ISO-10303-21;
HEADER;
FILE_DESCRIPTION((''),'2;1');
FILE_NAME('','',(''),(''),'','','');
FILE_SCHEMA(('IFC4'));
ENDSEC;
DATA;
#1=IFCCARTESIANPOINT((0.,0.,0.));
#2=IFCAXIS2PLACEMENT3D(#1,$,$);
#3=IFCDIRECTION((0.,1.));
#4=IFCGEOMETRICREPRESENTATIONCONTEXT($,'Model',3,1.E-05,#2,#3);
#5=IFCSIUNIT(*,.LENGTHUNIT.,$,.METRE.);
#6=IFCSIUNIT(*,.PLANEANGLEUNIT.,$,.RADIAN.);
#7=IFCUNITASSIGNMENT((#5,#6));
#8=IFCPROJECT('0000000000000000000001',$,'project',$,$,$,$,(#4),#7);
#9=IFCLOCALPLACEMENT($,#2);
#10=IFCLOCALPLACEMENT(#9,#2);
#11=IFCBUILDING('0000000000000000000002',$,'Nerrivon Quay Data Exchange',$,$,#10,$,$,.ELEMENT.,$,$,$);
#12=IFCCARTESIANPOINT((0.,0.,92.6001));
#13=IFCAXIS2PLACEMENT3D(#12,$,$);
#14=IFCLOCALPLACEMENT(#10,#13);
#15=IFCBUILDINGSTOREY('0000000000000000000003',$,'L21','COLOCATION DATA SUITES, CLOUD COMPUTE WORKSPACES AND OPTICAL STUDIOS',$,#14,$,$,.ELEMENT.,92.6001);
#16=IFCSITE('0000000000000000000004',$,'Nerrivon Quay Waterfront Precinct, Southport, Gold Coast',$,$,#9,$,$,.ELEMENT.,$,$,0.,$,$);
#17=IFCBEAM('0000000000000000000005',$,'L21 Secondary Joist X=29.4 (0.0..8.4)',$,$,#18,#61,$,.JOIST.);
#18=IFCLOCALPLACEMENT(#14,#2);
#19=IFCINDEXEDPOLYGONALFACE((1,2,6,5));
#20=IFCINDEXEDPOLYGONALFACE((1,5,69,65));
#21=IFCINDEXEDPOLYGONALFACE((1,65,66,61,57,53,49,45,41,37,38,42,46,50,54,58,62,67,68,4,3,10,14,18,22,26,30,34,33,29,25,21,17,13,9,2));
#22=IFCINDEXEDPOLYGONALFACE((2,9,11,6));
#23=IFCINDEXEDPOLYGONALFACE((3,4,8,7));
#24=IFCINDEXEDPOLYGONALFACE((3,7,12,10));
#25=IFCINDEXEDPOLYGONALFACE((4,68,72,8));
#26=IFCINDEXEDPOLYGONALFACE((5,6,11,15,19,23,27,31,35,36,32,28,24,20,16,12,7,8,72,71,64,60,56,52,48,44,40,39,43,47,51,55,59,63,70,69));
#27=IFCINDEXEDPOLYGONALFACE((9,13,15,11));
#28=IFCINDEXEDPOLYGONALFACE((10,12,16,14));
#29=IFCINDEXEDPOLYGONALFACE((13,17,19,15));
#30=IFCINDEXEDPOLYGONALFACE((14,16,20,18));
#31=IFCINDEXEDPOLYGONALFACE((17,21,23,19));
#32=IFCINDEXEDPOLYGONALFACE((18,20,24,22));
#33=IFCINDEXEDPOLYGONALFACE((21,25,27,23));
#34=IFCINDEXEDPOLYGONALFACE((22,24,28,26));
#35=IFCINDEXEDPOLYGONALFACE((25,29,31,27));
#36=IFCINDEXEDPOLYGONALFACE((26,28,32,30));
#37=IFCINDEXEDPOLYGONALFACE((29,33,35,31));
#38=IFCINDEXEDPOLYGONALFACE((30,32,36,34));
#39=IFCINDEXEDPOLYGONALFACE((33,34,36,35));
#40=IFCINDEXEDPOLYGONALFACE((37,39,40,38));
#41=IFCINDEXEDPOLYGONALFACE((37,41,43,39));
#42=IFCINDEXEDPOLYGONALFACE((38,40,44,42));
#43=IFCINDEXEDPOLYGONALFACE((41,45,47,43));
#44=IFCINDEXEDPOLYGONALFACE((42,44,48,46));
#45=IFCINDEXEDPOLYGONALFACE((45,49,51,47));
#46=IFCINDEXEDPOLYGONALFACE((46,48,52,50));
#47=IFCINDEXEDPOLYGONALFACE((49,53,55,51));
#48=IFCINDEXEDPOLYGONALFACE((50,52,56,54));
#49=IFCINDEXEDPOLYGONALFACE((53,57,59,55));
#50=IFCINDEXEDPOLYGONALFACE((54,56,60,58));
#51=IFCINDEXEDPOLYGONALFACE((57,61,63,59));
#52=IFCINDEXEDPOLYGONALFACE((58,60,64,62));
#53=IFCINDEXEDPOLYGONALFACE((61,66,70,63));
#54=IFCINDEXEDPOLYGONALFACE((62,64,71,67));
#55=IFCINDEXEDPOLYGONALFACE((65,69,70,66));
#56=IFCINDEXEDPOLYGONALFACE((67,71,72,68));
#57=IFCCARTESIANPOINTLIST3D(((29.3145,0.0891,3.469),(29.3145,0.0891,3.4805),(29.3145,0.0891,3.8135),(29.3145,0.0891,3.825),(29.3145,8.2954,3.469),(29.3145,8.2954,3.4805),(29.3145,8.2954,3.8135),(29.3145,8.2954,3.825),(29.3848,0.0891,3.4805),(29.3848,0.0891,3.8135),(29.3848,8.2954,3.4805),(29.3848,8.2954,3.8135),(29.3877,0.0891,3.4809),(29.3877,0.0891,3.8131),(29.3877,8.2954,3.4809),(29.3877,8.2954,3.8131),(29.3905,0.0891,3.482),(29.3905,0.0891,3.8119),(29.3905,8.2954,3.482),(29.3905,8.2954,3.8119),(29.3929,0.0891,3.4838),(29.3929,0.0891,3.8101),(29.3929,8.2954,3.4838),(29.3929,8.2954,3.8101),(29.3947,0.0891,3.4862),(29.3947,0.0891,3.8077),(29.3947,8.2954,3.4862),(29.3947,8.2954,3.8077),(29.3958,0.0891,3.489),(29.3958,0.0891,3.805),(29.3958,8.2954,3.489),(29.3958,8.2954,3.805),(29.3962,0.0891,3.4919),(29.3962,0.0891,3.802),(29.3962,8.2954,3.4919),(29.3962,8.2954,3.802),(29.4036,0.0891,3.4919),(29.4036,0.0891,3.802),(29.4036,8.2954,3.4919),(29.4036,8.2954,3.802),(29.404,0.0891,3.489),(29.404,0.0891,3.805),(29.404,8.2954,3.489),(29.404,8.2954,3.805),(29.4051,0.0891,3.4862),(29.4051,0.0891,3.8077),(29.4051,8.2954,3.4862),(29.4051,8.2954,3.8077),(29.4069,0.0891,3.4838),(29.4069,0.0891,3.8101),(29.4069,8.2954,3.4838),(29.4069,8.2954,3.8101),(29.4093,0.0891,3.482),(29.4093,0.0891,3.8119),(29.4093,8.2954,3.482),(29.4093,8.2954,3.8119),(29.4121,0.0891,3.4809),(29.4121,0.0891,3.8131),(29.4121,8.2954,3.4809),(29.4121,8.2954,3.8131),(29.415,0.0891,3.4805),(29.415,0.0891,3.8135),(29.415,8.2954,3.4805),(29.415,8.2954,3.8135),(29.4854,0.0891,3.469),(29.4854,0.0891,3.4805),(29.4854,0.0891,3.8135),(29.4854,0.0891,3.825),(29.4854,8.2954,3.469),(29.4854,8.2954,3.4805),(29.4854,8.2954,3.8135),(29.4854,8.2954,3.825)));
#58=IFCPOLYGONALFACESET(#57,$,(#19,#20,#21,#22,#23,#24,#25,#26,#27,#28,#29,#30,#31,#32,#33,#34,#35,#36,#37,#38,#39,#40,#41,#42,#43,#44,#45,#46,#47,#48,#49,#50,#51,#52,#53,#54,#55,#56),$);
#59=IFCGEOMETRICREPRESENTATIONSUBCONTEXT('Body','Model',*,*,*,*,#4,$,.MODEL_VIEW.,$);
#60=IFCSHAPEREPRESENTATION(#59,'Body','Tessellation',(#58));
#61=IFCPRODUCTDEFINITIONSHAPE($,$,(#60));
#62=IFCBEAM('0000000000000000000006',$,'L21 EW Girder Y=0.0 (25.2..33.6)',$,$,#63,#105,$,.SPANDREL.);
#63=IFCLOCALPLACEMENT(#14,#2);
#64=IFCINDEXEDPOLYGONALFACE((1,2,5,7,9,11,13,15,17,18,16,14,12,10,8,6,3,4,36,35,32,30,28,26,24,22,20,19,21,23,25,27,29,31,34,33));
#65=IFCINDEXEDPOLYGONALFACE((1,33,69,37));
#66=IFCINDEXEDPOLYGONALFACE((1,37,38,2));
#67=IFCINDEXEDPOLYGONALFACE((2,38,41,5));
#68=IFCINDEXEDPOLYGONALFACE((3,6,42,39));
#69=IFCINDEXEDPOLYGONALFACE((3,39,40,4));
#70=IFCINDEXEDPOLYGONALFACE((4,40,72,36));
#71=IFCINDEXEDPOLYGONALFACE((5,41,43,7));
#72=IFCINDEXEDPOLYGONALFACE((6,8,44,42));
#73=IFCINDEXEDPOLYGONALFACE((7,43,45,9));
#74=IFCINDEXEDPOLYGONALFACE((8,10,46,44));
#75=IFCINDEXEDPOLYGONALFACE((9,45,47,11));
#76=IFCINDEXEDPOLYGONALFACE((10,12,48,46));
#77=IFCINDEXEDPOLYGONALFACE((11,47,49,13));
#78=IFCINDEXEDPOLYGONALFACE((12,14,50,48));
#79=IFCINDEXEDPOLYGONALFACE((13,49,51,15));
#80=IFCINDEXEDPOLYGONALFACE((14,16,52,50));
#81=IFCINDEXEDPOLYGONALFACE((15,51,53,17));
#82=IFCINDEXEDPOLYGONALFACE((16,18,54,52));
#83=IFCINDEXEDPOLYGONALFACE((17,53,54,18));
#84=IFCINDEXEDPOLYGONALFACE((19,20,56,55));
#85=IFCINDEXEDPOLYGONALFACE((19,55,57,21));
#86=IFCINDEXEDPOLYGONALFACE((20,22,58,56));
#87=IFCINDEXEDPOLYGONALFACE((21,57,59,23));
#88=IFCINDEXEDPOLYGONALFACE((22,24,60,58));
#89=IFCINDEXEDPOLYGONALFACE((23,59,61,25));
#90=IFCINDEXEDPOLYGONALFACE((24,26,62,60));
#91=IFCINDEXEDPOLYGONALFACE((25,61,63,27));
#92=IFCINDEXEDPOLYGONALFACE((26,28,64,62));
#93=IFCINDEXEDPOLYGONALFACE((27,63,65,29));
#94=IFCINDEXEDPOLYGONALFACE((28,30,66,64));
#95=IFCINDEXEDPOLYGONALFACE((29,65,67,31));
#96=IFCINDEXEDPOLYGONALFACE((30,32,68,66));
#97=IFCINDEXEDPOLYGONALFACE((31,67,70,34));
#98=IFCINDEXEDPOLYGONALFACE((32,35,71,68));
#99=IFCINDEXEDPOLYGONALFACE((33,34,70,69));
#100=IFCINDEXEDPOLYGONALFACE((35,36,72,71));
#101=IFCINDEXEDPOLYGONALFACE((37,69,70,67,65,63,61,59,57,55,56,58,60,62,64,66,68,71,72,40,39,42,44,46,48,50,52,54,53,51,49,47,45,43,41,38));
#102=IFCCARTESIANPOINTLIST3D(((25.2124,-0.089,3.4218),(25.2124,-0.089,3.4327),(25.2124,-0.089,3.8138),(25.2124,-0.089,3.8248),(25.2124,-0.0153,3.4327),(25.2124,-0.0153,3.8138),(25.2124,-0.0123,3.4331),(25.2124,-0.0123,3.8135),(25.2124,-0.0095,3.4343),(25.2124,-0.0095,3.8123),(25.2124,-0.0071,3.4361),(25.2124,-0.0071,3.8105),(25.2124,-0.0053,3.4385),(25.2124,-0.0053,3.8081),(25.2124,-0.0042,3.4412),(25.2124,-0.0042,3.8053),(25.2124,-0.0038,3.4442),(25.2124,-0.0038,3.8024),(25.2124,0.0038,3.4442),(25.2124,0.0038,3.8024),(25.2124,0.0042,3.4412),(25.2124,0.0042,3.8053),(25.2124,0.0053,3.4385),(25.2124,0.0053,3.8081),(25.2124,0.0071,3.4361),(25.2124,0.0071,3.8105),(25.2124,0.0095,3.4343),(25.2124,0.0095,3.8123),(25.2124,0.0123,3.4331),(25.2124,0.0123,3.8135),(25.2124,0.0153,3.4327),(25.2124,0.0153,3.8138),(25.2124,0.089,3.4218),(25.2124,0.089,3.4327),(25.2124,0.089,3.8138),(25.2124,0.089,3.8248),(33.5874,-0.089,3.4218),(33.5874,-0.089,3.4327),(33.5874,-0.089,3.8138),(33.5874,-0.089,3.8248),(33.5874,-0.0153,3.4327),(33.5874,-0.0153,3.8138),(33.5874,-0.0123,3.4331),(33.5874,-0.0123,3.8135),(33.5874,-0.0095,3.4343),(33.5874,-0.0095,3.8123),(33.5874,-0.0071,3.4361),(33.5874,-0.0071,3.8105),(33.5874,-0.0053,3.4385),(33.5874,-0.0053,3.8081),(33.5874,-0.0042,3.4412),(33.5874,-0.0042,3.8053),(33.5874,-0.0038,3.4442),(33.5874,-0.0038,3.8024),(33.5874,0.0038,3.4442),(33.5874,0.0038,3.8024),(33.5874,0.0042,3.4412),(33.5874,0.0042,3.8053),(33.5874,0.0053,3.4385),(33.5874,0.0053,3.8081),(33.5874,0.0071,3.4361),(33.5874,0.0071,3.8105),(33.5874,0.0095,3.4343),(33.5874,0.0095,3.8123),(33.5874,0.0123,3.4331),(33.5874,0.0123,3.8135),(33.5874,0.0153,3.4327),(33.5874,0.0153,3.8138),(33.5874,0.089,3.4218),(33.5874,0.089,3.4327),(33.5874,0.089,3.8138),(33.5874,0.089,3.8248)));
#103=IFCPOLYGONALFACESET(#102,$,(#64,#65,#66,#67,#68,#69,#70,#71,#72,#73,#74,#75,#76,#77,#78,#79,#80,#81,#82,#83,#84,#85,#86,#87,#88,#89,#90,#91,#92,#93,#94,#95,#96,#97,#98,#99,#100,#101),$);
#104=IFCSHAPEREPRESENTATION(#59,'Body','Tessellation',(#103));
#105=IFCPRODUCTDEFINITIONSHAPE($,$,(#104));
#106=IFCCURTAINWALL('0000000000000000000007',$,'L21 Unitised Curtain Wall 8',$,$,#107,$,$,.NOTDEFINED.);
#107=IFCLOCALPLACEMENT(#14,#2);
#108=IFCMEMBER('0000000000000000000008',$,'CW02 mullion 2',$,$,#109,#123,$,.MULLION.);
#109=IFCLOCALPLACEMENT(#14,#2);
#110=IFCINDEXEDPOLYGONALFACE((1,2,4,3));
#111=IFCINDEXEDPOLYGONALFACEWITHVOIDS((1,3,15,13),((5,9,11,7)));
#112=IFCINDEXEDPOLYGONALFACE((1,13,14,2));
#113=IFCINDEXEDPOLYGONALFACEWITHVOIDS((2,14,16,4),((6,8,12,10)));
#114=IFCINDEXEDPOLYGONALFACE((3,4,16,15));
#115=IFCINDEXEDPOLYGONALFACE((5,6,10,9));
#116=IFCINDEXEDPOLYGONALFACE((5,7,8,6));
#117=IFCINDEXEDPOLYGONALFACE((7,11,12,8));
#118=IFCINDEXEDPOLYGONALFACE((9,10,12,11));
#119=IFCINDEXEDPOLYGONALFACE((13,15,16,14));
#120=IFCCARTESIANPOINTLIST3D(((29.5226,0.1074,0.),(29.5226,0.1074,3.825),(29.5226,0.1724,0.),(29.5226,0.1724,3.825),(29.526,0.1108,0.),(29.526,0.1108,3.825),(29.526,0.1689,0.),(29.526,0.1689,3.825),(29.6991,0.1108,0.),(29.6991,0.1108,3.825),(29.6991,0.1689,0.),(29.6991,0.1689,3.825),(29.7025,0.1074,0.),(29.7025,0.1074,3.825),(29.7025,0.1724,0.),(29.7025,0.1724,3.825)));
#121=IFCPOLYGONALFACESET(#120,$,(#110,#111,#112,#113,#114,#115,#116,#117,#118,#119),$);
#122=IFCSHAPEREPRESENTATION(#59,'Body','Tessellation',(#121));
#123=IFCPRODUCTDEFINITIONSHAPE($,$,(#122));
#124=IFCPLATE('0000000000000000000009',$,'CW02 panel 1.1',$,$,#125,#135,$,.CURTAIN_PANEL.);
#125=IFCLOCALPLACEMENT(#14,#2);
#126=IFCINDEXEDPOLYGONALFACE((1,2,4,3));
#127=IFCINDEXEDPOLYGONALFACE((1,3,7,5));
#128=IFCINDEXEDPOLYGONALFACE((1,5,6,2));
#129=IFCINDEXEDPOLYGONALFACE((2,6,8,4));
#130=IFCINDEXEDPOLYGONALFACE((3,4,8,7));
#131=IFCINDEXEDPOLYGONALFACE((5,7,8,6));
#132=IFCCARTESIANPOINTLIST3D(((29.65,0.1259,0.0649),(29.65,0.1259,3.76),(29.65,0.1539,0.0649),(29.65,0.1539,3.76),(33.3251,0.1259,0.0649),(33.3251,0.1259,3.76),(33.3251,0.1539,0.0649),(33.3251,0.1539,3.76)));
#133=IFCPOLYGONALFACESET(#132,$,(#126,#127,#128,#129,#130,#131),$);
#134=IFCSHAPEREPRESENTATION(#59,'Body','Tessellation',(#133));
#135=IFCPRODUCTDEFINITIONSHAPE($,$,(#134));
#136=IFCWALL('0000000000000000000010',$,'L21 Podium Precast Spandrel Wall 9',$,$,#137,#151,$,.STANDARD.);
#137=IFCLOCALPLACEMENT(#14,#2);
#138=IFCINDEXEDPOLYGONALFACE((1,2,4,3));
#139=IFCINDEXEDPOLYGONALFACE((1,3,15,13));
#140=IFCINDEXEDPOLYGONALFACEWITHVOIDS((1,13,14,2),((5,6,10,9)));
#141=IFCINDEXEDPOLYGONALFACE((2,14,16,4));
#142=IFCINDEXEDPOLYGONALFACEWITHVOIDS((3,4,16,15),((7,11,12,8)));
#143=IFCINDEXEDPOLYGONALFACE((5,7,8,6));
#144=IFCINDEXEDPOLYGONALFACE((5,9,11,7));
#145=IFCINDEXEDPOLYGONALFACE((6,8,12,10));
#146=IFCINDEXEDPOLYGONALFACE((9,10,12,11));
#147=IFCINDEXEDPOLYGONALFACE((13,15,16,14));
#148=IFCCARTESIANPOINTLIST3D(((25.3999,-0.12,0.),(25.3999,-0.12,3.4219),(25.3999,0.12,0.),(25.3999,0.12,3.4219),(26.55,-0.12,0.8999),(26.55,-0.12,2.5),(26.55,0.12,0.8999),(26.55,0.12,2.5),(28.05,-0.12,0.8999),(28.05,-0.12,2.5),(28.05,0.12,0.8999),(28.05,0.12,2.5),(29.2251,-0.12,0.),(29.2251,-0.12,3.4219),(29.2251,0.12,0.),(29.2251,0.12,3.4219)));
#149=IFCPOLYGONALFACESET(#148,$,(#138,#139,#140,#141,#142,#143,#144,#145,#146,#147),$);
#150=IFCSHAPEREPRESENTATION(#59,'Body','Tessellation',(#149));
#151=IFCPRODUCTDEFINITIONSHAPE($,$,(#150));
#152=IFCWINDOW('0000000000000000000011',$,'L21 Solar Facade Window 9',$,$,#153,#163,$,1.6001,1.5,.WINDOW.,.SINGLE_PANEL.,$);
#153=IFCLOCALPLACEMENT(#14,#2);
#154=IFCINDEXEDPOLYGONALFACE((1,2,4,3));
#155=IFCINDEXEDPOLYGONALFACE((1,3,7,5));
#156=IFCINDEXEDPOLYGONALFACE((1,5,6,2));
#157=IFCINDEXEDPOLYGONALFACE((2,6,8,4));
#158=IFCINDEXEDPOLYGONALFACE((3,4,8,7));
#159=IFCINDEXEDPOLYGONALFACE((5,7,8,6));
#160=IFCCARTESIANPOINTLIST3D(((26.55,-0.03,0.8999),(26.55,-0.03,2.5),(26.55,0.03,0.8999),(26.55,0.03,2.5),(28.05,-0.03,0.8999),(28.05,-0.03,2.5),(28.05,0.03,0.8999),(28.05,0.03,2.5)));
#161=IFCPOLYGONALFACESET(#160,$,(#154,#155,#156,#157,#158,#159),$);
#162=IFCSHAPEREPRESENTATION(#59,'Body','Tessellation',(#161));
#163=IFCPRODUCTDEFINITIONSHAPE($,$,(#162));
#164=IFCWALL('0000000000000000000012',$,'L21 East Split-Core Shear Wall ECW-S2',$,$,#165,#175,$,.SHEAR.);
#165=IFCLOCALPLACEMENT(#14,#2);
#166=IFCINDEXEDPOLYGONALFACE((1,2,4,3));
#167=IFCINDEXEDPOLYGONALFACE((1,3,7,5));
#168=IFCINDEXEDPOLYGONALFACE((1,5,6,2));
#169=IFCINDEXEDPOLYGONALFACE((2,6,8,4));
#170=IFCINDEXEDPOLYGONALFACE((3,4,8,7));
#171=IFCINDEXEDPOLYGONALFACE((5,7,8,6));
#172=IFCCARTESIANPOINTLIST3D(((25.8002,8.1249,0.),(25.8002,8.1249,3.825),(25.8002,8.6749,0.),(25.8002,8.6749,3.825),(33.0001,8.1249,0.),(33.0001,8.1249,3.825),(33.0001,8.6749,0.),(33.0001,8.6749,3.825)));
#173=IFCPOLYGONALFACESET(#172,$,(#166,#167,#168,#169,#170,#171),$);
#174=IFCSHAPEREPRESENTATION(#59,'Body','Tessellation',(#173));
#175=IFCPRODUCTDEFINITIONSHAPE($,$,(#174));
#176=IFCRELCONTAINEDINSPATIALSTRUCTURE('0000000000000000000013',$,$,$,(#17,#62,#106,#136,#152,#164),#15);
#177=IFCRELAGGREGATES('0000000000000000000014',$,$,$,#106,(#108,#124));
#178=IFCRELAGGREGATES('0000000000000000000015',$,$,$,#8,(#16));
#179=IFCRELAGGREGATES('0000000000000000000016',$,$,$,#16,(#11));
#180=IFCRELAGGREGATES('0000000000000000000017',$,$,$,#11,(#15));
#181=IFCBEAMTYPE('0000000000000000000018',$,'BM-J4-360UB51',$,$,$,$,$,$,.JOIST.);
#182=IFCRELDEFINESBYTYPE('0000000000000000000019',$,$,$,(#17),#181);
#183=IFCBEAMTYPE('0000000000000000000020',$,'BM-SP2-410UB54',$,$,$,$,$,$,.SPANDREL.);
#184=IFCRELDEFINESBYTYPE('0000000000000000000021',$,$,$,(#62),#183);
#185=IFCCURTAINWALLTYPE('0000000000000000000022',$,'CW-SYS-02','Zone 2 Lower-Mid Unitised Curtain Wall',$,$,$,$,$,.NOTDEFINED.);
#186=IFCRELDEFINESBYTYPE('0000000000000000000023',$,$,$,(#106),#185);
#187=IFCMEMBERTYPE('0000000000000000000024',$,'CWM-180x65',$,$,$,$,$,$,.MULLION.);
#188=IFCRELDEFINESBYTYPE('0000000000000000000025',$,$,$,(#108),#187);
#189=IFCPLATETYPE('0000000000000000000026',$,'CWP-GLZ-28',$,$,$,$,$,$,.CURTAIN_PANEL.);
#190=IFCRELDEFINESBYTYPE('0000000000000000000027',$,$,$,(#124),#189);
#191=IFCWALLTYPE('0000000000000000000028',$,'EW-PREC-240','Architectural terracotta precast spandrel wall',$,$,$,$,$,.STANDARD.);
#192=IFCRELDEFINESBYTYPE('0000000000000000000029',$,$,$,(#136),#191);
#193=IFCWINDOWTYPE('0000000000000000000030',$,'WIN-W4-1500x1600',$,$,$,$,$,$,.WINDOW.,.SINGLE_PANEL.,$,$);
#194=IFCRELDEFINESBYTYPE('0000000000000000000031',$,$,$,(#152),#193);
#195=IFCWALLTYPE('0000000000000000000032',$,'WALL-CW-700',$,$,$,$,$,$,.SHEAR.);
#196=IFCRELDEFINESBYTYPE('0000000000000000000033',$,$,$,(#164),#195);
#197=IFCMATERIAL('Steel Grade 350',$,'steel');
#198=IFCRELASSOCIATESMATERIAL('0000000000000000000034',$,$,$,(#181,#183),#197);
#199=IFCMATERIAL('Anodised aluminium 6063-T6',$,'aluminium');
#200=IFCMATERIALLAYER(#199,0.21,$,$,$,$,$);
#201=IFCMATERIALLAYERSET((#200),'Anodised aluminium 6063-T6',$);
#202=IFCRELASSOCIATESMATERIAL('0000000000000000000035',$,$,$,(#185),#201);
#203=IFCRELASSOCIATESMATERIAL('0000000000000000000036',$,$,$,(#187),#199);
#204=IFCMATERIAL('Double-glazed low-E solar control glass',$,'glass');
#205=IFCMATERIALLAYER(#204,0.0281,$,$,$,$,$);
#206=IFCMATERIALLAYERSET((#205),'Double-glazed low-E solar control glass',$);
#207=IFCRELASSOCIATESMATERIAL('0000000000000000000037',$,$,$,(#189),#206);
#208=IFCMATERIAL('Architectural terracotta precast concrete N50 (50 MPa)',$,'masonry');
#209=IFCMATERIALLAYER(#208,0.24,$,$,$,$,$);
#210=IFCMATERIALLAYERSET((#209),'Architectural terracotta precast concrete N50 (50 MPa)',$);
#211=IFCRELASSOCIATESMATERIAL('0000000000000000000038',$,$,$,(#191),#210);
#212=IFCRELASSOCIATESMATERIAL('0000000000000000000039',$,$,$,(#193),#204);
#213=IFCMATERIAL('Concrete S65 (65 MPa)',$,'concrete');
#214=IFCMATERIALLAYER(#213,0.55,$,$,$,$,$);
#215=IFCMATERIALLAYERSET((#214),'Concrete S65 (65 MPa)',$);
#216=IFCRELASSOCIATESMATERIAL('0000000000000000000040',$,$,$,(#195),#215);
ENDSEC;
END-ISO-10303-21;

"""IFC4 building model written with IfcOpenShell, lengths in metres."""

from ifc_helpers import new_model, si_unit, direction, frame, frame_2d, origin, origin_2d, place, context, subcontext, project, spatial, rectangle, hollow_rectangle, i_section, extrude, material, layer, layer_set, material_profile, profile_set, type_object, element, fill, aggregate, save


model = new_model("IFC4")

# Units and contexts
model_context = context("Model", 3, precision=1e-05, world=origin(), true_north=direction((0.0, 1.0)))
body_context = subcontext(model_context, "Body", "Model", "MODEL_VIEW")
ifc_project = project(units=[si_unit("LENGTHUNIT", "METRE"), si_unit("PLANEANGLEUNIT", "RADIAN")], contexts=[model_context])

# Site, building, storey
site_placement = place(None, origin())
site = spatial("IfcSite", under=ifc_project, at=site_placement, Name="Nerrivon Quay Waterfront Precinct, Southport, Gold Coast", CompositionType="ELEMENT", RefElevation=0.0)
building_placement = place(site_placement, origin())
building = spatial("IfcBuilding", under=site, at=building_placement, Name="Nerrivon Quay Data Exchange", CompositionType="ELEMENT")
storey_placement = place(building_placement, frame((0.0, 0.0, 92.6001)))
storey = spatial("IfcBuildingStorey", under=building, at=storey_placement, Name="L21", Description="COLOCATION DATA SUITES, CLOUD COMPUTE WORKSPACES AND OPTICAL STUDIOS", CompositionType="ELEMENT", Elevation=92.6001)

# Shared definitions
ifc_material_1 = material(Name="Concrete S65 (65 MPa)", Category="concrete")
ifc_material_2 = material(Name="Steel Grade 350", Category="steel")

# Beams
ifc_material_profile_1 = material_profile(ifc_material_2, i_section(OverallWidth=0.1709, OverallDepth=0.356, WebThickness=0.0073, FlangeThickness=0.0115, FilletRadius=0.0115, at=origin_2d()), Name="360UB50.7")
ifc_profile_set_1 = profile_set([ifc_material_profile_1], Name="Steel Grade 350")
beam_type_1 = type_object("IfcBeamType", Name="BM-J4-360UB51", PredefinedType="JOIST", material=ifc_profile_set_1)
beam_1_placement = place(storey_placement, frame((29.3999, 0.0891, 3.647), z_axis=(0.0, 1.0, 0.0), x_axis=(-1.0, 0.0, 0.0)))
element("IfcBeam", 1, at=beam_1_placement, inside=storey, type_object=beam_type_1, Name="L21 Secondary Joist X=29.4 (0.0..8.4)", PredefinedType="JOIST", context=body_context, shape_type="SweptSolid", body=[
    extrude(i_section(OverallWidth=0.1709, OverallDepth=0.356, WebThickness=0.0073, FlangeThickness=0.0115, FilletRadius=0.0115, at=origin_2d()), origin(), (0.0, 0.0, 1.0), 8.2063),
])
ifc_material_profile_2 = material_profile(ifc_material_2, i_section(OverallWidth=0.178, OverallDepth=0.4031, WebThickness=0.0076, FlangeThickness=0.011, FilletRadius=0.0115, at=origin_2d()), Name="410UB53.7")
ifc_profile_set_2 = profile_set([ifc_material_profile_2], Name="Steel Grade 350")
beam_type_2 = type_object("IfcBeamType", Name="BM-SP2-410UB54", PredefinedType="SPANDREL", material=ifc_profile_set_2)
beam_2_placement = place(storey_placement, frame((25.2124, 0.0, 3.6233), z_axis=(1.0, 0.0, 0.0), x_axis=(0.0, 1.0, 0.0)))
element("IfcBeam", 2, at=beam_2_placement, inside=storey, type_object=beam_type_2, Name="L21 EW Girder Y=0.0 (25.2..33.6)", PredefinedType="SPANDREL", context=body_context, shape_type="SweptSolid", body=[
    extrude(i_section(OverallWidth=0.178, OverallDepth=0.4031, WebThickness=0.0076, FlangeThickness=0.011, FilletRadius=0.0115, at=origin_2d()), origin(), (0.0, 0.0, 1.0), 8.375),
])

# Curtain wall, member, plate
ifc_material_3 = material(Name="Anodised aluminium 6063-T6", Category="aluminium")
ifc_layer_1 = layer(ifc_material_3, 0.21)
ifc_layer_set_1 = layer_set([ifc_layer_1], Name="Anodised aluminium 6063-T6")
curtain_wall_type = type_object("IfcCurtainWallType", Name="CW-SYS-02", Description="Zone 2 Lower-Mid Unitised Curtain Wall", PredefinedType="NOTDEFINED", material=ifc_layer_set_1)
curtain_wall_placement = place(storey_placement, origin())
curtain_wall = element("IfcCurtainWall", 3, at=curtain_wall_placement, inside=storey, type_object=curtain_wall_type, Name="L21 Unitised Curtain Wall 8", PredefinedType="NOTDEFINED")
ifc_material_profile_3 = material_profile(ifc_material_3, hollow_rectangle(XDim=0.0649, YDim=0.1799, WallThickness=0.0034, at=origin_2d()), Name="ALU-MULL-180x65")
ifc_profile_set_3 = profile_set([ifc_material_profile_3], Name="Anodised aluminium 6063-T6")
member_type = type_object("IfcMemberType", Name="CWM-180x65", PredefinedType="MULLION", material=ifc_profile_set_3)
member_placement = place(storey_placement, frame((29.6125, 0.1399, 0.0), z_axis=(0.0, 0.0, 1.0), x_axis=(0.0, -1.0, 0.0)))
member = element("IfcMember", 4, at=member_placement, type_object=member_type, Name="CW02 mullion 2", PredefinedType="MULLION", context=body_context, shape_type="SweptSolid", body=[
    extrude(hollow_rectangle(XDim=0.0649, YDim=0.1799, WallThickness=0.0034, at=origin_2d()), origin(), (0.0, 0.0, 1.0), 3.825),
])
ifc_material_4 = material(Name="Double-glazed low-E solar control glass", Category="glass")
ifc_layer_2 = layer(ifc_material_4, 0.0281)
ifc_layer_set_2 = layer_set([ifc_layer_2], Name="Double-glazed low-E solar control glass")
plate_type = type_object("IfcPlateType", Name="CWP-GLZ-28", PredefinedType="CURTAIN_PANEL", material=ifc_layer_set_2)
plate_placement = place(storey_placement, frame((31.4875, 0.1399, 0.0649), z_axis=(0.0, 0.0, 1.0), x_axis=(-1.0, 0.0, 0.0)))
plate = element("IfcPlate", 5, at=plate_placement, type_object=plate_type, Name="CW02 panel 1.1", PredefinedType="CURTAIN_PANEL", context=body_context, shape_type="SweptSolid", body=[
    extrude(rectangle(XDim=3.675, YDim=0.0281, at=origin_2d()), origin(), (0.0, 0.0, 1.0), 3.6951),
])
aggregate(curtain_wall, [member, plate])

# Wall, opening, window
ifc_material_5 = material(Name="Architectural terracotta precast concrete N50 (50 MPa)", Category="masonry")
ifc_layer_3 = layer(ifc_material_5, 0.24)
ifc_layer_set_3 = layer_set([ifc_layer_3], Name="Architectural terracotta precast concrete N50 (50 MPa)")
wall_type_1 = type_object("IfcWallType", Name="EW-PREC-240", Description="Architectural terracotta precast spandrel wall", PredefinedType="STANDARD", material=ifc_layer_set_3)
wall_1_placement = place(storey_placement, frame((29.2251, 0.0, 0.0), z_axis=(0.0, 0.0, 1.0), x_axis=(-1.0, 0.0, 0.0)))
wall_1 = element("IfcWall", 6, at=wall_1_placement, inside=storey, type_object=wall_type_1, Name="L21 Podium Precast Spandrel Wall 9", PredefinedType="STANDARD", context=body_context, shape_type="SweptSolid", body=[
    extrude(rectangle(XDim=3.8252, YDim=0.24, at=frame_2d((1.9126, 0.0))), origin(), (0.0, 0.0, 1.0), 3.4219),
])
opening_1_placement = place(wall_1_placement, frame((1.175, 0.0, 0.8999)))
opening_1 = element("IfcOpeningElement", 7, at=opening_1_placement, cuts=wall_1, PredefinedType="OPENING", context=body_context, shape_type="SweptSolid", body=[
    extrude(rectangle(XDim=1.5, YDim=1.6001, at=frame_2d((0.75, 0.8))), frame((0.0, 0.1299, 0.0), z_axis=(0.0, -1.0, 0.0), x_axis=(1.0, 0.0, 0.0)), (0.0, 0.0, 1.0), 0.26),
])
window_type = type_object("IfcWindowType", Name="WIN-W4-1500x1600", PartitioningType="SINGLE_PANEL", PredefinedType="WINDOW", material=ifc_material_4)
window_placement = place(opening_1_placement, origin())
window = element("IfcWindow", 8, at=window_placement, inside=storey, type_object=window_type, Name="L21 Solar Facade Window 9", OverallHeight=1.6001, OverallWidth=1.5, PartitioningType="SINGLE_PANEL", PredefinedType="WINDOW", context=body_context, shape_type="SweptSolid", body=[
    extrude(rectangle(XDim=1.5, YDim=1.6001, at=frame_2d((0.75, 0.8))), frame((0.0, 0.03, 0.0), z_axis=(0.0, -1.0, 0.0), x_axis=(1.0, 0.0, 0.0)), (0.0, 0.0, 1.0), 0.0601),
])
fill(opening_1, window)

# Wall
ifc_layer_4 = layer(ifc_material_1, 0.55)
ifc_layer_set_4 = layer_set([ifc_layer_4], Name="Concrete S65 (65 MPa)")
wall_type_2 = type_object("IfcWallType", Name="WALL-CW-700", PredefinedType="SHEAR", material=ifc_layer_set_4)
wall_2_placement = place(storey_placement, frame((25.8, 8.3999, 0.0), z_axis=(0.0, 0.0, 1.0), x_axis=(1.0, 0.0, 0.0)))
element("IfcWall", 9, at=wall_2_placement, inside=storey, type_object=wall_type_2, Name="L21 East Split-Core Shear Wall ECW-S2", PredefinedType="SHEAR", context=body_context, shape_type="SweptSolid", body=[
    extrude(rectangle(XDim=7.2, YDim=0.55, at=frame_2d((3.6001, 0.0))), origin(), (0.0, 0.0, 1.0), 3.825),
])

save(model, "model.ifc")
